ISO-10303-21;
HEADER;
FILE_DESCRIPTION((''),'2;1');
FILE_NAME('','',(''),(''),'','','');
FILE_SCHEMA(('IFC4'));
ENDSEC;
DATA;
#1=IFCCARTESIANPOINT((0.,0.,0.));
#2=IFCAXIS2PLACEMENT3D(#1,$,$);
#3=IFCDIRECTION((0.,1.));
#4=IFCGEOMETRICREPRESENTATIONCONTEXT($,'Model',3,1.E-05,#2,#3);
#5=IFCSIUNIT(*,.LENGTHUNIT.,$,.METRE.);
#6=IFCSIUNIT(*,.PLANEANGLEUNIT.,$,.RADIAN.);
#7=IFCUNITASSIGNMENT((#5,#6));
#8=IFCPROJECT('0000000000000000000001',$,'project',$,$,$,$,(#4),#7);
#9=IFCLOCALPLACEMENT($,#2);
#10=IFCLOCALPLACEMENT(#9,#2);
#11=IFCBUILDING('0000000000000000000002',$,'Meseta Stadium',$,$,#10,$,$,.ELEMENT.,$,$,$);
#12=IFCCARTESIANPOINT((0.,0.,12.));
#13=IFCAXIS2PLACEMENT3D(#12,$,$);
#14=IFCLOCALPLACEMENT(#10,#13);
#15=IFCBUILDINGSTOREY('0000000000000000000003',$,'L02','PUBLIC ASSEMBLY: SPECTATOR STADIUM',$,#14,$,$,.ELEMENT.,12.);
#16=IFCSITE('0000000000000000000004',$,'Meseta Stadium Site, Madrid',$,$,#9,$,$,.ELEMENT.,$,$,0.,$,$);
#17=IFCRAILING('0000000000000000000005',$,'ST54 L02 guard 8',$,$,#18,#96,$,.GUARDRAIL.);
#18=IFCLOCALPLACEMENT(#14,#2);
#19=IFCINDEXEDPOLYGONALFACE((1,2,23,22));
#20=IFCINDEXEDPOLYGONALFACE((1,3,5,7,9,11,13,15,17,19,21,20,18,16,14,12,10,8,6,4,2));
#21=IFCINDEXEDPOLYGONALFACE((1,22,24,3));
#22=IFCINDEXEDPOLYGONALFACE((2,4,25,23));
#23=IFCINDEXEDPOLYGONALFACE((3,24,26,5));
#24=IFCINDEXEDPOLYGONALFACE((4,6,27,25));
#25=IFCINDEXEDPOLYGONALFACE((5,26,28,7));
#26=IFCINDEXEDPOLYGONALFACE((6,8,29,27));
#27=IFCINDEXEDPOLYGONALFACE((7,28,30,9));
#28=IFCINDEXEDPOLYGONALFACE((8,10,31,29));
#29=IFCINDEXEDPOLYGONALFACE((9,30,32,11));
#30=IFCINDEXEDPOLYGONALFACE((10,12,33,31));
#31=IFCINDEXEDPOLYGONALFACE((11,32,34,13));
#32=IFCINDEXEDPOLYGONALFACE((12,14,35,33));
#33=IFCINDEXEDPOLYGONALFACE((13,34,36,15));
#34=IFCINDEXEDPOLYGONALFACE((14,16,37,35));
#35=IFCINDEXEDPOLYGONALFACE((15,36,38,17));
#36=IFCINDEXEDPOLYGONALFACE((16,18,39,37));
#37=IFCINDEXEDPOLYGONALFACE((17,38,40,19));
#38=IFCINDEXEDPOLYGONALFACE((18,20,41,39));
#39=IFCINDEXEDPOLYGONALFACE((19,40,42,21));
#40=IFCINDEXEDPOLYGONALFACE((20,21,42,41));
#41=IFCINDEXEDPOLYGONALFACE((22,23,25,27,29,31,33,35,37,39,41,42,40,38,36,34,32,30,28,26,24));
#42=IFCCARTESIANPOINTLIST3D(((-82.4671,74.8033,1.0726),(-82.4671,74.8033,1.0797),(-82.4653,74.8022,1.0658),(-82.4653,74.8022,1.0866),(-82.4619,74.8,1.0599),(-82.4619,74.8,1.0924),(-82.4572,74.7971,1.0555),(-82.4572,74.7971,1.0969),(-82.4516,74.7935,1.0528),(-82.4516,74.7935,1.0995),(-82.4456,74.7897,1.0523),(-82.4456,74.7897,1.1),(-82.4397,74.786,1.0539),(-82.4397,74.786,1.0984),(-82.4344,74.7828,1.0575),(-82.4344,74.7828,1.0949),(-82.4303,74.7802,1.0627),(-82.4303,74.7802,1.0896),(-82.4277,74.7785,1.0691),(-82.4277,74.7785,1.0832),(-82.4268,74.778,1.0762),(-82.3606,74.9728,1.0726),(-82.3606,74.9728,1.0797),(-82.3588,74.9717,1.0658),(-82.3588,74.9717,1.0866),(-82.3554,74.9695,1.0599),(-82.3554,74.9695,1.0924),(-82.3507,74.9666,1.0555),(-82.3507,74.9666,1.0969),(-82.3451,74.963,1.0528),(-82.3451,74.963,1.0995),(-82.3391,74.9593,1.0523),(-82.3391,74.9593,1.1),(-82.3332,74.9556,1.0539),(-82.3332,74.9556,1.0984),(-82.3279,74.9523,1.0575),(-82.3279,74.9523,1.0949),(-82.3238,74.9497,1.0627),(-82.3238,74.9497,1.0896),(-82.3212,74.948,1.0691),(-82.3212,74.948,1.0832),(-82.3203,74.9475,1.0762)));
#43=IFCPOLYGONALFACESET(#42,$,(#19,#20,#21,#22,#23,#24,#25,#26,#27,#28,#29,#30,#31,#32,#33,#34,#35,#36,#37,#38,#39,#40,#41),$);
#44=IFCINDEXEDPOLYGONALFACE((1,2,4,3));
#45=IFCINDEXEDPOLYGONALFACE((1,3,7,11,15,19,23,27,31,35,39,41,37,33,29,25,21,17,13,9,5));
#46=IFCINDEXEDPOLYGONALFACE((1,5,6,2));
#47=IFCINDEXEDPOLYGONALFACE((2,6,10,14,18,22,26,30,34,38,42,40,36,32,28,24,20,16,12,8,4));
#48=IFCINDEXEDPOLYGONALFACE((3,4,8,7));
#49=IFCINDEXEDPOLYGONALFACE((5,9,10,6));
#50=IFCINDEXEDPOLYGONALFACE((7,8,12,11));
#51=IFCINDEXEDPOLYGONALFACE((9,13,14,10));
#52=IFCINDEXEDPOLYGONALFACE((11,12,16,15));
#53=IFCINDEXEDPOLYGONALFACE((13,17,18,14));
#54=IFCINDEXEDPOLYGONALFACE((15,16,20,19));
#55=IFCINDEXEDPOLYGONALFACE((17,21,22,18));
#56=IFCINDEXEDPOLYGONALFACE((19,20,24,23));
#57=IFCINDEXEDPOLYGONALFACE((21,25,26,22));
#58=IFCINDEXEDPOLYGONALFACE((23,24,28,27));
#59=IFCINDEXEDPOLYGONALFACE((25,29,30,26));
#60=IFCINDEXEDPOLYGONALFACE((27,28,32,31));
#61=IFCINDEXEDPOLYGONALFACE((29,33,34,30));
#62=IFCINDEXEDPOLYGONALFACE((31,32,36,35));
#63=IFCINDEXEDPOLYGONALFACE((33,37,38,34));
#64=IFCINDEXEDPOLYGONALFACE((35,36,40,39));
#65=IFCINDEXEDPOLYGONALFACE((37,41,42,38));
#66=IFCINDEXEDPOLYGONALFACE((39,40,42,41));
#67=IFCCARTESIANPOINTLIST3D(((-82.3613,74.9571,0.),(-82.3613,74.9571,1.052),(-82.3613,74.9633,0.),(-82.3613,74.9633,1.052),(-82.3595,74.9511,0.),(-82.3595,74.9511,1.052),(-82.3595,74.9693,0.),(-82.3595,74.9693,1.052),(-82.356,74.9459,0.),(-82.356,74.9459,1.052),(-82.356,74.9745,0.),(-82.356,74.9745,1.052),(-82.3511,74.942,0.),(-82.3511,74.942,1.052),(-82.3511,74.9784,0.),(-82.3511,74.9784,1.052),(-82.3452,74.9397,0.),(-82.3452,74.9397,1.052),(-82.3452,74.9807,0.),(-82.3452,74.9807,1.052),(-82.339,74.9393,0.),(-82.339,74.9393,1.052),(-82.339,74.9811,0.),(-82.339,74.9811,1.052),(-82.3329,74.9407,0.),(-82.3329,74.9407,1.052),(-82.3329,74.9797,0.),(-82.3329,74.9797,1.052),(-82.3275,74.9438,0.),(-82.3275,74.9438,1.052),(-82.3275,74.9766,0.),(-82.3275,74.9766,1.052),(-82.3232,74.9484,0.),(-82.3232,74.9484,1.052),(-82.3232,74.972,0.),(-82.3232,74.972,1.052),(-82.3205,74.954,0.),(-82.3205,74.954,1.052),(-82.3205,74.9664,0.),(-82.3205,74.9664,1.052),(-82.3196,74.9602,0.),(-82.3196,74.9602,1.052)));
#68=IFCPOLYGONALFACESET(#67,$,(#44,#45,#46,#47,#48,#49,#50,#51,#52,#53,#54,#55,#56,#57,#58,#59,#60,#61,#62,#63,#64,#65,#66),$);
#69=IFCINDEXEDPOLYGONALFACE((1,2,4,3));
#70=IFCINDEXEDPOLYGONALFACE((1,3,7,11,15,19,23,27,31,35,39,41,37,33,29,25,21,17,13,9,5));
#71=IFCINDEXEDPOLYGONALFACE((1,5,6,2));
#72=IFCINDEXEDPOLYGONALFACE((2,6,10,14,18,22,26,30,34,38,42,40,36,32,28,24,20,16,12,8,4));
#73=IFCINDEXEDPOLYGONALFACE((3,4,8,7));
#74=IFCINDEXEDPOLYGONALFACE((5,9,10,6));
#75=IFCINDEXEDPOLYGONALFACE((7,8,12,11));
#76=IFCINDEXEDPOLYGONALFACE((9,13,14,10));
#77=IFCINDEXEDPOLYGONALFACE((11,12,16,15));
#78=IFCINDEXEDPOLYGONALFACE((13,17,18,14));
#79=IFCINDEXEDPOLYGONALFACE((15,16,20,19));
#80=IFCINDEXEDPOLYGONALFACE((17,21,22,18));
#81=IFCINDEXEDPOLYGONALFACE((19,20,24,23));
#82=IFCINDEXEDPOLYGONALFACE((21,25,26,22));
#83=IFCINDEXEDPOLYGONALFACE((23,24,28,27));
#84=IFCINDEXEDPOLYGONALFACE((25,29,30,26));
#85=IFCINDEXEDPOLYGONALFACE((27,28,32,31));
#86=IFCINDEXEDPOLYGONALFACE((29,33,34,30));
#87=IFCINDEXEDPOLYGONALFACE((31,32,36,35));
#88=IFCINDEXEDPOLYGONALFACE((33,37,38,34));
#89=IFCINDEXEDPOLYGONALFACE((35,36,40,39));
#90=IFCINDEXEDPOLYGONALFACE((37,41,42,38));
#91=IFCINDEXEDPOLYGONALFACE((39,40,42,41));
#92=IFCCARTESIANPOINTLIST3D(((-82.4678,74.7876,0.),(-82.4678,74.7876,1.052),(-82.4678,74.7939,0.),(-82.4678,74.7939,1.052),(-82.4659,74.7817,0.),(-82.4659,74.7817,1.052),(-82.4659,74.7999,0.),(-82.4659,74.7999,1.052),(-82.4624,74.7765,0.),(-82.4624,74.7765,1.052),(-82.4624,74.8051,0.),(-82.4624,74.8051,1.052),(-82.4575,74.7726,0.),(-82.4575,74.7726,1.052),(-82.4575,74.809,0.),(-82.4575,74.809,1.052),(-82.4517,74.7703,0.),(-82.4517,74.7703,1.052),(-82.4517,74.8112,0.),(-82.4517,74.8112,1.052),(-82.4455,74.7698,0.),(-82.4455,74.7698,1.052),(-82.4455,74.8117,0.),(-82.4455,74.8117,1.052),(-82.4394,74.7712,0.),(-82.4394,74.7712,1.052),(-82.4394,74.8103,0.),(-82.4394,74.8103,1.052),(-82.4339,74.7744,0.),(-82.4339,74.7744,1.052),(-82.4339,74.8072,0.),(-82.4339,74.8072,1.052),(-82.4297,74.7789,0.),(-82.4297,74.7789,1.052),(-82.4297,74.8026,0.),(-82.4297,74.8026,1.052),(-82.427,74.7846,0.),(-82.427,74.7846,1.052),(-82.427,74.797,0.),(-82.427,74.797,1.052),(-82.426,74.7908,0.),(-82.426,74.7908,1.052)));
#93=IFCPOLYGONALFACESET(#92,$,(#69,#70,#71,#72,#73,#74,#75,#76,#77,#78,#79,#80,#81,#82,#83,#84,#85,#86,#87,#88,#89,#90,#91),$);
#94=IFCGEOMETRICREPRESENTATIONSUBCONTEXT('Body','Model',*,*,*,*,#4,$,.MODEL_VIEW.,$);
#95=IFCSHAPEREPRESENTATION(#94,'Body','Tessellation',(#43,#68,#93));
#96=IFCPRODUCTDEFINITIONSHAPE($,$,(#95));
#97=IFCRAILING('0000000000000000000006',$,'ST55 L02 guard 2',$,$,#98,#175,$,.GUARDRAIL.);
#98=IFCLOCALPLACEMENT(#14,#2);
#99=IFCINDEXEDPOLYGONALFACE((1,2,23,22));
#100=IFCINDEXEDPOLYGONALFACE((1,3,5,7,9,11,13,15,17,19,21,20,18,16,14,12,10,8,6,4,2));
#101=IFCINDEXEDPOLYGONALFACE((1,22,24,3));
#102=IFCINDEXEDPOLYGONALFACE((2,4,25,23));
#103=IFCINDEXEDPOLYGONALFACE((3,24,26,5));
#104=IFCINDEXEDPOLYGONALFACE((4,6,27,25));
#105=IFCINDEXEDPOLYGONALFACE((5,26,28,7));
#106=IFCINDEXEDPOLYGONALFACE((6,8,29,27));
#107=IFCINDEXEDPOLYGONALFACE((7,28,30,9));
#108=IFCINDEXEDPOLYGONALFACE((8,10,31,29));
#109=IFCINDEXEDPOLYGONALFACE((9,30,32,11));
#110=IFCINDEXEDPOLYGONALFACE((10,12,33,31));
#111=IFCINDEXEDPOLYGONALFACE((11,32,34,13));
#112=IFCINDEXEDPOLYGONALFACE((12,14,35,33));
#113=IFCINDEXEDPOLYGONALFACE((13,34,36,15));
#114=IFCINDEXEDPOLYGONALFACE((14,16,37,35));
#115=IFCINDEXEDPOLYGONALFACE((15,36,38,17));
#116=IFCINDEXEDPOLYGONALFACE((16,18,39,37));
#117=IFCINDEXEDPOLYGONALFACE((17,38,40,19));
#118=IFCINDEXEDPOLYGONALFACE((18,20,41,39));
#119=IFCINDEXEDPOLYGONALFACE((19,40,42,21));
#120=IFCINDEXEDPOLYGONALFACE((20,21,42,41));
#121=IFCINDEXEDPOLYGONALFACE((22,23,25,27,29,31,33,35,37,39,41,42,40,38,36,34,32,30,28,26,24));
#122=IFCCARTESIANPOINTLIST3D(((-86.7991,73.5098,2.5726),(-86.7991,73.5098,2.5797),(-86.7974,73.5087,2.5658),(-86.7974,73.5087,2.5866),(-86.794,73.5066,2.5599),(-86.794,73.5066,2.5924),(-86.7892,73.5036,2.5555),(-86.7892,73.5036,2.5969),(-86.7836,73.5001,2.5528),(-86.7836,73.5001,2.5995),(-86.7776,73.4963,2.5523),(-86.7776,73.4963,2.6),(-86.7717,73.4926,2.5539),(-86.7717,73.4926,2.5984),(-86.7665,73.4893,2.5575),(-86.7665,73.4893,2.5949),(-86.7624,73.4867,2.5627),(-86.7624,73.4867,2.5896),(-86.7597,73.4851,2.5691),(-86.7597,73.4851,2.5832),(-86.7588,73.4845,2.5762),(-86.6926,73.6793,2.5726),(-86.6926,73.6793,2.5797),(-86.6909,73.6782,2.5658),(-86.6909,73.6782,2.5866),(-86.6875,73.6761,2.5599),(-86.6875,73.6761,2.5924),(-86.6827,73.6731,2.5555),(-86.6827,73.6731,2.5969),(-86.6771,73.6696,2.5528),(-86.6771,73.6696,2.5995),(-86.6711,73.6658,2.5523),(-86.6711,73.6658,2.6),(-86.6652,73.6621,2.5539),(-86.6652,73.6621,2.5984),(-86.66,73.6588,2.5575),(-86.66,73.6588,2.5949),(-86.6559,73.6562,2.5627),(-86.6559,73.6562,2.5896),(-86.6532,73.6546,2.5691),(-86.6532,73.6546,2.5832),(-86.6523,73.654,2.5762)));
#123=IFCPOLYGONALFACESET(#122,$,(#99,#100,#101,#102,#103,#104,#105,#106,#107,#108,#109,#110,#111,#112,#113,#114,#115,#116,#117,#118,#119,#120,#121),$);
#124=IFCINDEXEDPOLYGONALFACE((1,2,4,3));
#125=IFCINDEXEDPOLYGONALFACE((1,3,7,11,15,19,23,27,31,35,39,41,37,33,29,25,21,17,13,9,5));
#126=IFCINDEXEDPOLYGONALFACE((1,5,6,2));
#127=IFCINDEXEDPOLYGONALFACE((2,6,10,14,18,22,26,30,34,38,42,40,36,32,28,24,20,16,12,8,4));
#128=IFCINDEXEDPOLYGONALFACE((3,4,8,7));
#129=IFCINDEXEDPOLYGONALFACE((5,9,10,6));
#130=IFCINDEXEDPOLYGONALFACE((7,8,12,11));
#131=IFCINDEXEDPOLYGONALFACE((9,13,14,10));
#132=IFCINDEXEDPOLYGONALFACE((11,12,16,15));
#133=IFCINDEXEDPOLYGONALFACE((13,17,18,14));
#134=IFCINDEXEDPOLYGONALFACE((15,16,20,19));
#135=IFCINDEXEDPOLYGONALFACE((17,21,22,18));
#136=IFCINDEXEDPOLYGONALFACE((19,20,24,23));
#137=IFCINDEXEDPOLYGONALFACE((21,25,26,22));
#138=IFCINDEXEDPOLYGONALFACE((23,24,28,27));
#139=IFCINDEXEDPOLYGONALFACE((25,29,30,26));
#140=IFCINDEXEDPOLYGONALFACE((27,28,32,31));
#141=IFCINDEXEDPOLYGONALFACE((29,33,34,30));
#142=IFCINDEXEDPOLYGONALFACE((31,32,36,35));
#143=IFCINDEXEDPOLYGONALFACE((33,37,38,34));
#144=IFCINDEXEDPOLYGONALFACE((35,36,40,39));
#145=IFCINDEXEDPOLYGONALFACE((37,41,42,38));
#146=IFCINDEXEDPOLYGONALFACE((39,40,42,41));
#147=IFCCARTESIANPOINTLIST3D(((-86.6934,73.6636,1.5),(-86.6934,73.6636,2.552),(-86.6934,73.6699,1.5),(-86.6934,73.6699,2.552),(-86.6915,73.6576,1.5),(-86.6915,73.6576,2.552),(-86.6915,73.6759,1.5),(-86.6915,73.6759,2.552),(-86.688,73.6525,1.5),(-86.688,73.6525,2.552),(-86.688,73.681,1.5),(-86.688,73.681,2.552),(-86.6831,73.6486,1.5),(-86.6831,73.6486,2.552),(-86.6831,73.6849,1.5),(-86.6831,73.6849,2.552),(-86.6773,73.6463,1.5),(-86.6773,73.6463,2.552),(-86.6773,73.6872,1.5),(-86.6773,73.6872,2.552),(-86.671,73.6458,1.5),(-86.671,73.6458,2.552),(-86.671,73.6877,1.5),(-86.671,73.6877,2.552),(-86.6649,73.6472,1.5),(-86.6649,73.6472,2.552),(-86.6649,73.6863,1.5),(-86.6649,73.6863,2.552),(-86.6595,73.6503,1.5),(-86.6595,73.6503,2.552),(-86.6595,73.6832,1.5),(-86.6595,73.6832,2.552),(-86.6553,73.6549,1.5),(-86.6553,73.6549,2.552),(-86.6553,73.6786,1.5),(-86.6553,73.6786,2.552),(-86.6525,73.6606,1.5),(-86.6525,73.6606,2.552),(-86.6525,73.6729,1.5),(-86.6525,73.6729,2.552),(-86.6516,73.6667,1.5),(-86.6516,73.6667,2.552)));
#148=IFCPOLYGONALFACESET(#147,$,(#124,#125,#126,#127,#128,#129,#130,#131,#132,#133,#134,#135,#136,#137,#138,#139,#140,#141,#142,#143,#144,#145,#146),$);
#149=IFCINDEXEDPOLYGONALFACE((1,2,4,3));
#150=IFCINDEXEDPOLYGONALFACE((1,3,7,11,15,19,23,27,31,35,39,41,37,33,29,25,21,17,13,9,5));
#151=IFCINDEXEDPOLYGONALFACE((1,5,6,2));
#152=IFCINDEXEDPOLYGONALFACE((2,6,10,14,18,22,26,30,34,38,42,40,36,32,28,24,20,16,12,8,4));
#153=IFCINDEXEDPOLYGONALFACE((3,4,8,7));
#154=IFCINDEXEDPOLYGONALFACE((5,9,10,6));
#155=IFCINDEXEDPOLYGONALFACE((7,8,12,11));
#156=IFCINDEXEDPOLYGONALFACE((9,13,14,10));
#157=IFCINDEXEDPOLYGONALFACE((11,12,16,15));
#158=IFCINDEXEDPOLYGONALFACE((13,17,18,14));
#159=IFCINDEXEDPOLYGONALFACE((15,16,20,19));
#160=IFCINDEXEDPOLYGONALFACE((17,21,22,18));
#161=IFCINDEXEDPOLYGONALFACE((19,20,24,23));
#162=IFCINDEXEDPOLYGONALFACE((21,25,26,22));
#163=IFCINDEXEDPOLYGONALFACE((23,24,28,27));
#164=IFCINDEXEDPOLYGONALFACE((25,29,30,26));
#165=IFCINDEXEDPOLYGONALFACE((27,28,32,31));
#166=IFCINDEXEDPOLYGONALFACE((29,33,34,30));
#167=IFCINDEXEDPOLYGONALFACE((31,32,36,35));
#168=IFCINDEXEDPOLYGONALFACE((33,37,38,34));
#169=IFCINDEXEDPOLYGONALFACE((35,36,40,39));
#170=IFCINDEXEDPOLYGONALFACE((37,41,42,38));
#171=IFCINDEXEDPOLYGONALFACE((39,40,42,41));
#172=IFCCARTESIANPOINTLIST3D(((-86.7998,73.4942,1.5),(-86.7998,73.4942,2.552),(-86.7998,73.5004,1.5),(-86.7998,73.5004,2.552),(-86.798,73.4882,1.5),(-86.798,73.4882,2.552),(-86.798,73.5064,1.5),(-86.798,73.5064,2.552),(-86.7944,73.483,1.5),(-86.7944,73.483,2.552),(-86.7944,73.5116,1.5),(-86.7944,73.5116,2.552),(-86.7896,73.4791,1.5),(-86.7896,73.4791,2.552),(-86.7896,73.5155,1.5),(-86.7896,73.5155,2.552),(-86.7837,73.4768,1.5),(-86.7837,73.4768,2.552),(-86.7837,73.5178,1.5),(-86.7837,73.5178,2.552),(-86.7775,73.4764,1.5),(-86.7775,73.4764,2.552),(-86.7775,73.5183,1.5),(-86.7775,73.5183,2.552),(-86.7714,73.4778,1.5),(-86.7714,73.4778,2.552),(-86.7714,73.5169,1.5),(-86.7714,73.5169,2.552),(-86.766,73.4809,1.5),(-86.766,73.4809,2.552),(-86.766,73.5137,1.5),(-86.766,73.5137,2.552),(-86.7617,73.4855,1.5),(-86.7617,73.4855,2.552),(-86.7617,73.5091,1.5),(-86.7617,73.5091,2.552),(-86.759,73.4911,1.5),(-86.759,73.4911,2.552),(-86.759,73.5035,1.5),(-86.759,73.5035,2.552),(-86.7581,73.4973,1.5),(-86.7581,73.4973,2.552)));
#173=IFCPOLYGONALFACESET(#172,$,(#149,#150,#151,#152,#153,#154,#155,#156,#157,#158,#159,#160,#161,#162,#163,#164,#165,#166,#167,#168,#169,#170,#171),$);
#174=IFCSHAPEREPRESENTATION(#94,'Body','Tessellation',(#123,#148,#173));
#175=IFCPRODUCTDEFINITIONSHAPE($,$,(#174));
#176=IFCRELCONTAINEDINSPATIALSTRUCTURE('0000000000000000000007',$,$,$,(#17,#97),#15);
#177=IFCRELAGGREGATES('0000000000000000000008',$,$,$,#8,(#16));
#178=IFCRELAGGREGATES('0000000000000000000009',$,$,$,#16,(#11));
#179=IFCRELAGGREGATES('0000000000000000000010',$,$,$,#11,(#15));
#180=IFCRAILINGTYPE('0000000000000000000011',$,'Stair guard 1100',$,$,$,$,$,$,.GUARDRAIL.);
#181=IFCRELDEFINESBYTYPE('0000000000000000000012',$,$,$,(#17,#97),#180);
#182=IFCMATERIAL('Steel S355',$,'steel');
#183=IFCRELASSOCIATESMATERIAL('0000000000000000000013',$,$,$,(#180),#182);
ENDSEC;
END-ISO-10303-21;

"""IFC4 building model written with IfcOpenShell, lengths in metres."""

from ifc_helpers import new_model, si_unit, direction, frame, origin, origin_2d, place, context, subcontext, project, spatial, circle, extrude, material, type_object, element, save


model = new_model("IFC4")

# Units and contexts
model_context = context("Model", 3, precision=1e-05, world=origin(), true_north=direction((0.0, 1.0)))
body_context = subcontext(model_context, "Body", "Model", "MODEL_VIEW")
ifc_project = project(units=[si_unit("LENGTHUNIT", "METRE"), si_unit("PLANEANGLEUNIT", "RADIAN")], contexts=[model_context])

# Site, building, storey
site_placement = place(None, origin())
site = spatial("IfcSite", under=ifc_project, at=site_placement, Name="Meseta Stadium Site, Madrid", CompositionType="ELEMENT", RefElevation=0.0)
building_placement = place(site_placement, origin())
building = spatial("IfcBuilding", under=site, at=building_placement, Name="Meseta Stadium", CompositionType="ELEMENT")
storey_placement = place(building_placement, frame((0.0, 0.0, 12.0)))
storey = spatial("IfcBuildingStorey", under=building, at=storey_placement, Name="L02", Description="PUBLIC ASSEMBLY: SPECTATOR STADIUM", CompositionType="ELEMENT", Elevation=12.0)

# Railings
ifc_material_1 = material(Name="Steel S355", Category="steel")
railing_type_1 = type_object("IfcRailingType", Name="Stair guard 1100", PredefinedType="GUARDRAIL", material=ifc_material_1)
for number, where, name in (
    (1, (-82.3406, 74.9602, 0.0), "ST54 L02 guard 8"),
    (2, (-86.6726, 73.6667, 1.5), "ST55 L02 guard 2"),
):
    element("IfcRailing", number, at=place(storey_placement, frame(where)), inside=storey, type_object=railing_type_1, Name=name, PredefinedType="GUARDRAIL", context=body_context, shape_type="SweptSolid", body=[
        extrude(circle(Radius=0.0239, at=origin_2d()), frame((0.0, 0.0, 1.0762), z_axis=(-0.531972, -0.846762, 0.0), x_axis=(0.846762, -0.531972, 0.0)), (0.0, 0.0, 1.0), 0.2002),
        extrude(circle(Radius=0.021, at=origin_2d()), origin(), (0.0, 0.0, 1.0), 1.052),
        extrude(circle(Radius=0.021, at=origin_2d()), frame((-0.1064, -0.1694, 0.0)), (0.0, 0.0, 1.0), 1.052),
    ])

save(model, "model.ifc")
